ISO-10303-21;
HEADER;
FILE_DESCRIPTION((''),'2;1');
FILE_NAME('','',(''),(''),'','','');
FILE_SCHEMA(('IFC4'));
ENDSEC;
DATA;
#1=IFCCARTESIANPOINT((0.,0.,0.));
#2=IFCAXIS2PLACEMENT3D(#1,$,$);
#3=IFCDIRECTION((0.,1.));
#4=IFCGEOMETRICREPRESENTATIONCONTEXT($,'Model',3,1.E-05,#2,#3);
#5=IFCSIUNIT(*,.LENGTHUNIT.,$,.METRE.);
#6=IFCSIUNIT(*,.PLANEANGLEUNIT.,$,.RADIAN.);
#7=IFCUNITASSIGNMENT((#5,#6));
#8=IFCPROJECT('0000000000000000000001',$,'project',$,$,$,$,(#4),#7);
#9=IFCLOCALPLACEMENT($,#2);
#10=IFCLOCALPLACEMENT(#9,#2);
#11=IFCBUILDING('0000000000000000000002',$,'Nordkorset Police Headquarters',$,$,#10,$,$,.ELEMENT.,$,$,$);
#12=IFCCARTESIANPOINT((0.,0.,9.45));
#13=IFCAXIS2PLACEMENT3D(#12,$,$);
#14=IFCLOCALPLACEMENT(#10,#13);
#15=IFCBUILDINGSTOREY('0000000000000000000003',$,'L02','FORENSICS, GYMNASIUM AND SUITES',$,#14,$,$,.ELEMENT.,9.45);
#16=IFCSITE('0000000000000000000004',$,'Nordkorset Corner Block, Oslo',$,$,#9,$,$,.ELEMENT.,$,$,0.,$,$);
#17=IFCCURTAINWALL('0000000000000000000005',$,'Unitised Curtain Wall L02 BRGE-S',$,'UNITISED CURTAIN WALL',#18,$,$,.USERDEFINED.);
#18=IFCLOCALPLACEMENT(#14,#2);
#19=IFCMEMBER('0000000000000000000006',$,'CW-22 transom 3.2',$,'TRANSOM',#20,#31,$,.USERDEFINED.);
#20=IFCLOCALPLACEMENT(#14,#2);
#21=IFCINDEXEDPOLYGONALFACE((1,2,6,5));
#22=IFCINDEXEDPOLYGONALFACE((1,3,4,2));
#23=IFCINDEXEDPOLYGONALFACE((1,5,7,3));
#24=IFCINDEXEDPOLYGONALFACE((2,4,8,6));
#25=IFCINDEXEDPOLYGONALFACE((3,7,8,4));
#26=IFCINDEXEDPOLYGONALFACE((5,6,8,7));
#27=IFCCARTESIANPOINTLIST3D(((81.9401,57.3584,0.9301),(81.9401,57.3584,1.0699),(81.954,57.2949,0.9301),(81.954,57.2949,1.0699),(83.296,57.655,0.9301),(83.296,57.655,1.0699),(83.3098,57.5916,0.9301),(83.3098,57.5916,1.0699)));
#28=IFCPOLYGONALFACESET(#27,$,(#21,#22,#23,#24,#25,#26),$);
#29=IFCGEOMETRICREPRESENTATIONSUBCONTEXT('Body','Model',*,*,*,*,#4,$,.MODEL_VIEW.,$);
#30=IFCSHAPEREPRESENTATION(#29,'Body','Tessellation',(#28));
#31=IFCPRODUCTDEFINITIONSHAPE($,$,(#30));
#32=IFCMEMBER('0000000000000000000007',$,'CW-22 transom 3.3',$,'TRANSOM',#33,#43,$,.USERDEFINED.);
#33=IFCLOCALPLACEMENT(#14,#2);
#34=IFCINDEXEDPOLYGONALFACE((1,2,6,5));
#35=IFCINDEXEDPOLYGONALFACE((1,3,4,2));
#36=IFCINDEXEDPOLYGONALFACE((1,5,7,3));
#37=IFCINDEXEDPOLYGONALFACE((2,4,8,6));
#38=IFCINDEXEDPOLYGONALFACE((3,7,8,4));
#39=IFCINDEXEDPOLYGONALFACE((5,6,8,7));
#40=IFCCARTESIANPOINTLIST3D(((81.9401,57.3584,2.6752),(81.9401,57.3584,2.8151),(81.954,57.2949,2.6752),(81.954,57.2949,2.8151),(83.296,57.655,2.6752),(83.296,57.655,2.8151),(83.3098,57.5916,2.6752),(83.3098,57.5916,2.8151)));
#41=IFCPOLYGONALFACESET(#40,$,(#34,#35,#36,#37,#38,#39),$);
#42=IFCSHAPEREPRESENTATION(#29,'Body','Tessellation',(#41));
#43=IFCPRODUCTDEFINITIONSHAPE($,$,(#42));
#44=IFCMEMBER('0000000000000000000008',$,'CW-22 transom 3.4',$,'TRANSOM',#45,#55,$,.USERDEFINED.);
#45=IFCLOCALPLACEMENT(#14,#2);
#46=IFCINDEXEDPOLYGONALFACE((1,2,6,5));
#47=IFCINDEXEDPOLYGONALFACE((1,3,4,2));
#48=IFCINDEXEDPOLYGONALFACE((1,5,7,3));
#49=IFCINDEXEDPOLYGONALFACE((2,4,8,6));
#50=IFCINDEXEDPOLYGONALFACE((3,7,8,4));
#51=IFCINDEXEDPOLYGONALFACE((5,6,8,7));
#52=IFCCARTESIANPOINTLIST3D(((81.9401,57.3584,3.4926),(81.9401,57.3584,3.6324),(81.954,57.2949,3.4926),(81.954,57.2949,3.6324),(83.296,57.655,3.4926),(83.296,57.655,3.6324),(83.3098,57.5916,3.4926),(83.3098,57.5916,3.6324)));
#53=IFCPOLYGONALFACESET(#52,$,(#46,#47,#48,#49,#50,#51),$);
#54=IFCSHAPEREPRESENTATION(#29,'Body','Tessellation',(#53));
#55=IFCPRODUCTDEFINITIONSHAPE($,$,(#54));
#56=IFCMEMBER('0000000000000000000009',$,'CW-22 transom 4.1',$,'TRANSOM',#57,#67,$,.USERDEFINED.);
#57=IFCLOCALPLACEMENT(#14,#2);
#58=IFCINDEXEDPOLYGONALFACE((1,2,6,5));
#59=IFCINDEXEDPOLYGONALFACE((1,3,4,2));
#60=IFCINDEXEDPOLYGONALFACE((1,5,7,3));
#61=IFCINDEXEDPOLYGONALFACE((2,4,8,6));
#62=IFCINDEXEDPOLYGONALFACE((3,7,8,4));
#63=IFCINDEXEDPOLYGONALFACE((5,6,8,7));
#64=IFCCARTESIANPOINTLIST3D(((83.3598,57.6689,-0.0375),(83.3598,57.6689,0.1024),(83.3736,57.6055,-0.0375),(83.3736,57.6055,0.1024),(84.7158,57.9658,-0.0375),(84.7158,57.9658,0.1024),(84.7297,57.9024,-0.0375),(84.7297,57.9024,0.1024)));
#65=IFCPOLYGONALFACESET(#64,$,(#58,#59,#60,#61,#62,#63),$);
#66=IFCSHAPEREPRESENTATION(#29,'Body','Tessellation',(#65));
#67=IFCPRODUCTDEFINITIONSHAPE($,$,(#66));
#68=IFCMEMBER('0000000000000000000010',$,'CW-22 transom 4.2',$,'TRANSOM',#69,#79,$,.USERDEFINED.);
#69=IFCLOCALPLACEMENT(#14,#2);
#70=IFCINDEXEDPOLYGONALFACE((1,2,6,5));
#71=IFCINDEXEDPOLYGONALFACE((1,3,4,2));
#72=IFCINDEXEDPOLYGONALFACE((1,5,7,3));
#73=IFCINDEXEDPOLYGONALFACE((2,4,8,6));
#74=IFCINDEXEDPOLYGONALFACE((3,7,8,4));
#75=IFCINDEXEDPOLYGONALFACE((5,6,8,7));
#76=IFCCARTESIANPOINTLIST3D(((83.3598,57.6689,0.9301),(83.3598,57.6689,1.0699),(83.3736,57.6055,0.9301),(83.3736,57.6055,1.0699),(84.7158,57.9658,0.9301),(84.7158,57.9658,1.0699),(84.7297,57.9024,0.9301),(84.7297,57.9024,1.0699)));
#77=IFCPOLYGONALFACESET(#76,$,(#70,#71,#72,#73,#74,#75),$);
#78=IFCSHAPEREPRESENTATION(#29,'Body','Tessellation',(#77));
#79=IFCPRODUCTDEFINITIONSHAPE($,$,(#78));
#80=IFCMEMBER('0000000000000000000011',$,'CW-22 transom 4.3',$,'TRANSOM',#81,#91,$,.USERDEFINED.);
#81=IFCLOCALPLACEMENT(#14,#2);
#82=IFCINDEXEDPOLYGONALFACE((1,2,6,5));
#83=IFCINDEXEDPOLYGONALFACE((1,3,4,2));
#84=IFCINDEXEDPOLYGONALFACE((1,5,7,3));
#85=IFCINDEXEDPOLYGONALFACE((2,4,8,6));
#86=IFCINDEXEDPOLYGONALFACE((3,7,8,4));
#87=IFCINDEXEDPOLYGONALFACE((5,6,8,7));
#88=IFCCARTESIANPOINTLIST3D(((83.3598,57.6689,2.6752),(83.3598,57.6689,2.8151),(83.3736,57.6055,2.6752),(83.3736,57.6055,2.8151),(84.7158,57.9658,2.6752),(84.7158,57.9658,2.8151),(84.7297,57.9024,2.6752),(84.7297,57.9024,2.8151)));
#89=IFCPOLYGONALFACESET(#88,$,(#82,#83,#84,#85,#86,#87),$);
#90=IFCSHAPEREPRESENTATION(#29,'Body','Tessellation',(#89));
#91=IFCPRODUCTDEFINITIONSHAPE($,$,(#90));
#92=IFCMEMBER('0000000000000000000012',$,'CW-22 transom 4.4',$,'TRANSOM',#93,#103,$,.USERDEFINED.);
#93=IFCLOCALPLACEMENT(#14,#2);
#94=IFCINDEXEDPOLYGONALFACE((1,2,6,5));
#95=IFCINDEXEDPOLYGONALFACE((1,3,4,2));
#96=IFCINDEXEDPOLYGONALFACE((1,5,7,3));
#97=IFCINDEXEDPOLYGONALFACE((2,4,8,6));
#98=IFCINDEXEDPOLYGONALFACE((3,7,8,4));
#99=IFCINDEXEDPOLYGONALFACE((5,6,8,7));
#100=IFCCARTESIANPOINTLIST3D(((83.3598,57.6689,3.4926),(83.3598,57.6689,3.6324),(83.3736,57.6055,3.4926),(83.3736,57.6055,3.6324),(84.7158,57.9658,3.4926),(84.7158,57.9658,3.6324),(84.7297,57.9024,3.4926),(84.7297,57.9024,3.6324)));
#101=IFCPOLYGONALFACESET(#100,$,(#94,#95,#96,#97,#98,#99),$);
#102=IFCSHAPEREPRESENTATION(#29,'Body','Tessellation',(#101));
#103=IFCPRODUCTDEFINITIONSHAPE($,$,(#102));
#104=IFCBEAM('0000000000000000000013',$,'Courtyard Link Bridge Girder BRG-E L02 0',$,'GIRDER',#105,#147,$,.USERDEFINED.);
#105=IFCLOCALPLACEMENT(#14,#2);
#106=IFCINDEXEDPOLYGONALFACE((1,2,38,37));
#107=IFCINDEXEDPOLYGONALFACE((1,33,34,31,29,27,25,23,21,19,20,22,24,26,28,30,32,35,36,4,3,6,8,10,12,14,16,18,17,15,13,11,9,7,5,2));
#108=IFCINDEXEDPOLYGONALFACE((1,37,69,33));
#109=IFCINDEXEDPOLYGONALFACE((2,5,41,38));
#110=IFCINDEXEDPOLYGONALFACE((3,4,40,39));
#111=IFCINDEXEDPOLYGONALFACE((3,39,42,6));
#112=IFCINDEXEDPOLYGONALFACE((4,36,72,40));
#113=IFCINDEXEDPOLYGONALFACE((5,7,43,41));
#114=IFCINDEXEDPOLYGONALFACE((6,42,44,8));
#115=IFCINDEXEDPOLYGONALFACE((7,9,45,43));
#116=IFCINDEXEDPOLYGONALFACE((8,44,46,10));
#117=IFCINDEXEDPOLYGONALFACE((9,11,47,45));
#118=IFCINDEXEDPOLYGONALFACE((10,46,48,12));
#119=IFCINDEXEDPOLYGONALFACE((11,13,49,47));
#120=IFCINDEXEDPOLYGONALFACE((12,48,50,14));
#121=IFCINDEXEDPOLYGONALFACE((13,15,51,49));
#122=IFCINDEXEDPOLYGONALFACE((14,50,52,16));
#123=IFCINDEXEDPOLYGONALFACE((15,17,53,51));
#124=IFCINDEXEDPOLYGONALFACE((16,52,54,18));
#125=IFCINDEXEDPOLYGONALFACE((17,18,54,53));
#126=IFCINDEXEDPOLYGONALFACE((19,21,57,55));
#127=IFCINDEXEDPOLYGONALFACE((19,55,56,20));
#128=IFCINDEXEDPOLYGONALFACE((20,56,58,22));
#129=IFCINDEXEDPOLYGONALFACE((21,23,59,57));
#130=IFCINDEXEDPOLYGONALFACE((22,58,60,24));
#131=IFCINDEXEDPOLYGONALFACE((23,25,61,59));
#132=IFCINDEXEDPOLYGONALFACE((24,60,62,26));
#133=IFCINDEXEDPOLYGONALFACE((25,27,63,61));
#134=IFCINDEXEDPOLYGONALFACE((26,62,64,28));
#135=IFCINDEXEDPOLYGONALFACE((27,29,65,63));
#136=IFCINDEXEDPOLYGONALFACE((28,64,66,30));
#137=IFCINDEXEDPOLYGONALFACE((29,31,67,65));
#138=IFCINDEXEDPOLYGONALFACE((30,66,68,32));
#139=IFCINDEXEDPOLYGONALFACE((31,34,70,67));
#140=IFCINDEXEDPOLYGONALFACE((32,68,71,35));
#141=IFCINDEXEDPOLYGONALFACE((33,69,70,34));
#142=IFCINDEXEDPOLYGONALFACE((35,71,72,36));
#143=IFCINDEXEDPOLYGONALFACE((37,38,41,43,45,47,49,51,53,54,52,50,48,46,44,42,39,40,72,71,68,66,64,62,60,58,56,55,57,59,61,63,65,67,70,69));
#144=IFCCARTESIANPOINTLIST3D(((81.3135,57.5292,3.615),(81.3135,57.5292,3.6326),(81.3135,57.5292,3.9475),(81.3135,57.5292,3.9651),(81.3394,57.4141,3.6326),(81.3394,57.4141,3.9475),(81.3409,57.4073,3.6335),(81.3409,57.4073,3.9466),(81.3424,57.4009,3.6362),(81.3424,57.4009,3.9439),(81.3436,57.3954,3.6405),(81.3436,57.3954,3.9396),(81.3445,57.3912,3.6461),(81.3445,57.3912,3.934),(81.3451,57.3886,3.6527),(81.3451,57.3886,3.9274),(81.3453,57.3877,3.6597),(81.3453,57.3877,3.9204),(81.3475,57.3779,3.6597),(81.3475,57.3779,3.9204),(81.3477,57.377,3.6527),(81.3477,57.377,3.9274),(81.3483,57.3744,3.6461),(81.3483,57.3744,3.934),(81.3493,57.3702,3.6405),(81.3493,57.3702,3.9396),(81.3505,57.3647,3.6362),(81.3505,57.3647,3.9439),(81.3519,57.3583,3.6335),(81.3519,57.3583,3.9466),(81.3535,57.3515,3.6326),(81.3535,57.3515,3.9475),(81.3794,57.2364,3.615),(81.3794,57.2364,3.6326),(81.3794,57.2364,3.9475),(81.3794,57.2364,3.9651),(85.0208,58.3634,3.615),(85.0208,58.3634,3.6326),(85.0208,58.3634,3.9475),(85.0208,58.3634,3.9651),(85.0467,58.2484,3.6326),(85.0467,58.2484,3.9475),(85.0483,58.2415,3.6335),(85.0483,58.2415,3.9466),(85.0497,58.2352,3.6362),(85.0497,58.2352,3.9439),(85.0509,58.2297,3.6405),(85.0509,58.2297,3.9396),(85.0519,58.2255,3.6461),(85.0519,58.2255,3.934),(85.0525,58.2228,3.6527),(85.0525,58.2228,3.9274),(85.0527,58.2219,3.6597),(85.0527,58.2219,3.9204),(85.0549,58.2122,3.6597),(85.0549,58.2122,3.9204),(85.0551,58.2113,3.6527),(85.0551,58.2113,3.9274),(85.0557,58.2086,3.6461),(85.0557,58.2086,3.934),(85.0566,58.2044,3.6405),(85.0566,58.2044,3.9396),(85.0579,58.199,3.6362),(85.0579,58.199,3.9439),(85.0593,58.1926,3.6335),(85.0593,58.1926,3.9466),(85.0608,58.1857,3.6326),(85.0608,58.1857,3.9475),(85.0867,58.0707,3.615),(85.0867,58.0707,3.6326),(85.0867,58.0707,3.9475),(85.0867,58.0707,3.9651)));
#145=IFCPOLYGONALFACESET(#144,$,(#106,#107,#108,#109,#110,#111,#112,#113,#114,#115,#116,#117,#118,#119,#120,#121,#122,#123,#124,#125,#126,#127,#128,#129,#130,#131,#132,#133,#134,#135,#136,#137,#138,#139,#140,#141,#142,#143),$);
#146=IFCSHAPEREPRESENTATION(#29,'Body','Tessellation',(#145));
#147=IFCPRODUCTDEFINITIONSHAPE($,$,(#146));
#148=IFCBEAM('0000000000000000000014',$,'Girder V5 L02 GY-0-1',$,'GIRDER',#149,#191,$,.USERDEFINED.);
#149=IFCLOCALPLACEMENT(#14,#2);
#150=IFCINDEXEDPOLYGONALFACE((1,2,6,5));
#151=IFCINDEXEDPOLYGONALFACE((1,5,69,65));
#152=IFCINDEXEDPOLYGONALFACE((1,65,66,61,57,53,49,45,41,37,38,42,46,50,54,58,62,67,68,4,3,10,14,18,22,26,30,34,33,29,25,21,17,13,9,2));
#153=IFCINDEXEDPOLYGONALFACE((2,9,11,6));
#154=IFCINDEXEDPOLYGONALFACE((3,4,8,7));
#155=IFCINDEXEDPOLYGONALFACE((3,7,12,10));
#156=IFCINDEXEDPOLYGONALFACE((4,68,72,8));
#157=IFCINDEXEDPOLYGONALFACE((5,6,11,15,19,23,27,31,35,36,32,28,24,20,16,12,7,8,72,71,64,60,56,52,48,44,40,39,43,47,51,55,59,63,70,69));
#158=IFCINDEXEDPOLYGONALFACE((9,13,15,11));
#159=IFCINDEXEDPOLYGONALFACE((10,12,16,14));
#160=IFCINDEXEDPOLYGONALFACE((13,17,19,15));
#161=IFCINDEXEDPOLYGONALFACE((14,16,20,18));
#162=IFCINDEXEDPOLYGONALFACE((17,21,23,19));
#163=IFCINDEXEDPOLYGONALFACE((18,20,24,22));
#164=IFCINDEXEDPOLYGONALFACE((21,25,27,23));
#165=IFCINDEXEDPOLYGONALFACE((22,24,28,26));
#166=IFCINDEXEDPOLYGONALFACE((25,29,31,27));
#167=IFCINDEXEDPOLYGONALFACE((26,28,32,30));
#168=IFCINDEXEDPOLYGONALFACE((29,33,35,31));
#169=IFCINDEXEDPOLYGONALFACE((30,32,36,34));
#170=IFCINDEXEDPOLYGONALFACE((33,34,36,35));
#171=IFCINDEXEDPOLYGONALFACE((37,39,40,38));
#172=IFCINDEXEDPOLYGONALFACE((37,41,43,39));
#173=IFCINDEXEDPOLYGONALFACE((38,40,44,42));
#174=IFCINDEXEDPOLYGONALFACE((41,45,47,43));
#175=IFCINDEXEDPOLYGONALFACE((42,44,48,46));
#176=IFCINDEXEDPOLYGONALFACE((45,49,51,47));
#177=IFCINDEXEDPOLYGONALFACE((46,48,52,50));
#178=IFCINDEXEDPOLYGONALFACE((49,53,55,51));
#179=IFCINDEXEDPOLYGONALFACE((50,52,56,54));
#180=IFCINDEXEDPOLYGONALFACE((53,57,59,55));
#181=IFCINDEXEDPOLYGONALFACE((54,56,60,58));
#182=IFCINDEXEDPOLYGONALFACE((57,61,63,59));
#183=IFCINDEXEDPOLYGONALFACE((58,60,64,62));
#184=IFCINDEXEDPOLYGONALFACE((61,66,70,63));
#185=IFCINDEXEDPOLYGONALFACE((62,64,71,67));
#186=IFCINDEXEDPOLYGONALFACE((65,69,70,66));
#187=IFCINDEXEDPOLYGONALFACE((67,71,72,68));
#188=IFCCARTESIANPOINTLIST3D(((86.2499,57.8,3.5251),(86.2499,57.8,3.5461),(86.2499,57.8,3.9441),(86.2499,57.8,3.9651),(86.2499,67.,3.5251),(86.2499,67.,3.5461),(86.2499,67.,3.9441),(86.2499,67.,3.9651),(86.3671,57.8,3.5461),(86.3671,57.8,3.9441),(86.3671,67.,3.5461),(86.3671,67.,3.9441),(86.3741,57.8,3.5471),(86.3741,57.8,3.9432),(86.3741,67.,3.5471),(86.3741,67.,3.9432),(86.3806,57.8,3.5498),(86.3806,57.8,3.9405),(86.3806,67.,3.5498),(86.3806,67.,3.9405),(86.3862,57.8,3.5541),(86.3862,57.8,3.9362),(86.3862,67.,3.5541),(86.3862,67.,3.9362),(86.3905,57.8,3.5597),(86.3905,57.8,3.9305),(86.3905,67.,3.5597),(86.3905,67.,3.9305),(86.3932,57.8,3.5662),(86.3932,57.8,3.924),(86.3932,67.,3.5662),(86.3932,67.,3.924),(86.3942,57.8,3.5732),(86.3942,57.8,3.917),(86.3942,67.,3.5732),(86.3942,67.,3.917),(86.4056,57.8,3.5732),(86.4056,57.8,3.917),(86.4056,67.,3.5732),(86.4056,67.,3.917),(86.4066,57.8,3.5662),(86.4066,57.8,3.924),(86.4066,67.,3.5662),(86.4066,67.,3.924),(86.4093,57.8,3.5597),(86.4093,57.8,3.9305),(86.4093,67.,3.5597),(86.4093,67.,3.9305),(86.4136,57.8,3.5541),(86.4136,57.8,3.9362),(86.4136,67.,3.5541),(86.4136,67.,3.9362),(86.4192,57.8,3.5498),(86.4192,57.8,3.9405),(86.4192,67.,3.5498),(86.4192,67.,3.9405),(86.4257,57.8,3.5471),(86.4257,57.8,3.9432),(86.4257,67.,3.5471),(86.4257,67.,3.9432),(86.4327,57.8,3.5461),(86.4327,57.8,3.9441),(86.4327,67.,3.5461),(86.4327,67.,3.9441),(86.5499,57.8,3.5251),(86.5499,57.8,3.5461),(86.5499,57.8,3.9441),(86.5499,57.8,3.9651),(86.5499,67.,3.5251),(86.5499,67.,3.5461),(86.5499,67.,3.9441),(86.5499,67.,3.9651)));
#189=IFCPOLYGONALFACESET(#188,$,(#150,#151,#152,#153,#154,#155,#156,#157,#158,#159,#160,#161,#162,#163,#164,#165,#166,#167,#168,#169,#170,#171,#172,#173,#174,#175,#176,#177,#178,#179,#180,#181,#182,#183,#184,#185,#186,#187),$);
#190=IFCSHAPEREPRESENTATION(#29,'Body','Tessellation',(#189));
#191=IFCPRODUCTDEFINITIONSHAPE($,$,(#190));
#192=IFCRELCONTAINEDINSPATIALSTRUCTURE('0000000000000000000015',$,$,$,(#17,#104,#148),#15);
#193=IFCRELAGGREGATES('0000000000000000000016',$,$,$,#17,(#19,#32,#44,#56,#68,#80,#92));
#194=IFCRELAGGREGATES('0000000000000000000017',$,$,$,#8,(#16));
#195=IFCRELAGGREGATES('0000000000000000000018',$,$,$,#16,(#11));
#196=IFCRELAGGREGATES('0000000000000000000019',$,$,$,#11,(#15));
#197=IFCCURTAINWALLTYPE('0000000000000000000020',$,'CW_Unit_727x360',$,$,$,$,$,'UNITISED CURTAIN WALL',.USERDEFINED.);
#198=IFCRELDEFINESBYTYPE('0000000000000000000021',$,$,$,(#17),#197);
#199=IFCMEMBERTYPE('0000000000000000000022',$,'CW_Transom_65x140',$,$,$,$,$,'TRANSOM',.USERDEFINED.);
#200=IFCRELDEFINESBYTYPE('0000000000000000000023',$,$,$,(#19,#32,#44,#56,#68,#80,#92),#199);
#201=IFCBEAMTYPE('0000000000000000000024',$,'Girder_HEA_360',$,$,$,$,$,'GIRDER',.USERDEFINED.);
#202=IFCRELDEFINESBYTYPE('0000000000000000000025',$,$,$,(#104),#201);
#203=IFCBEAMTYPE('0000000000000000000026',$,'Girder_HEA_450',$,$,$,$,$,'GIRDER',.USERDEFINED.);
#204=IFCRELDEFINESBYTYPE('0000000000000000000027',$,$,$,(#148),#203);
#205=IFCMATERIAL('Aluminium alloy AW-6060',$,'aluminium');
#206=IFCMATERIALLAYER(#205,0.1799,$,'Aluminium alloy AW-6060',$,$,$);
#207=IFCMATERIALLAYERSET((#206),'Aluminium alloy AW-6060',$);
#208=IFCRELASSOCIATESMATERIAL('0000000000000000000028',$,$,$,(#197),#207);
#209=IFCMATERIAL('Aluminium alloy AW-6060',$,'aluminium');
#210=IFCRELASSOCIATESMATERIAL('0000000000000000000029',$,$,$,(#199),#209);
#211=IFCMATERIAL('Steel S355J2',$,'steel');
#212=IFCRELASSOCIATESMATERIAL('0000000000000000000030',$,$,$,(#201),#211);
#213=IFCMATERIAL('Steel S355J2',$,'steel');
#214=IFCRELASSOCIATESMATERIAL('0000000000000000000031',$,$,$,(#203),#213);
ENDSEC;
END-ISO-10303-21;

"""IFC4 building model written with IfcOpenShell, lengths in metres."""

from ifc_helpers import new_model, si_unit, direction, frame, origin, origin_2d, place, context, subcontext, project, spatial, rectangle, i_section, extrude, material, layer, layer_set, material_profile, profile_set, type_object, element, aggregate, save


model = new_model("IFC4")

# Units and contexts
model_context = context("Model", 3, precision=1e-05, world=origin(), true_north=direction((0.0, 1.0)))
body_context = subcontext(model_context, "Body", "Model", "MODEL_VIEW")
ifc_project = project(units=[si_unit("LENGTHUNIT", "METRE"), si_unit("PLANEANGLEUNIT", "RADIAN")], contexts=[model_context])

# Site, building, storey
site_placement = place(None, origin())
site = spatial("IfcSite", under=ifc_project, at=site_placement, Name="Nordkorset Corner Block, Oslo", CompositionType="ELEMENT", RefElevation=0.0)
building_placement = place(site_placement, origin())
building = spatial("IfcBuilding", under=site, at=building_placement, Name="Nordkorset Police Headquarters", CompositionType="ELEMENT")
storey_placement = place(building_placement, frame((0.0, 0.0, 9.45)))
storey = spatial("IfcBuildingStorey", under=building, at=storey_placement, Name="L02", Description="FORENSICS, GYMNASIUM AND SUITES", CompositionType="ELEMENT", Elevation=9.45)

# Curtain wall, members
ifc_material_1 = material(Name="Aluminium alloy AW-6060", Category="aluminium")
ifc_layer_1 = layer(ifc_material_1, 0.1799, Name="Aluminium alloy AW-6060")
ifc_layer_set_1 = layer_set([ifc_layer_1], Name="Aluminium alloy AW-6060")
curtain_wall_type = type_object("IfcCurtainWallType", Name="CW_Unit_727x360", ElementType="UNITISED CURTAIN WALL", PredefinedType="USERDEFINED", material=ifc_layer_set_1)
curtain_wall_placement = place(storey_placement, origin())
curtain_wall = element("IfcCurtainWall", 1, at=curtain_wall_placement, inside=storey, type_object=curtain_wall_type, Name="Unitised Curtain Wall L02 BRGE-S", ObjectType="UNITISED CURTAIN WALL", PredefinedType="USERDEFINED")
ifc_material_2 = material(Name="Aluminium alloy AW-6060", Category="aluminium")
ifc_material_profile_1 = material_profile(ifc_material_2, rectangle(XDim=0.0649, YDim=0.1399, at=origin_2d()), Name="ALU TRAN 65x140")
ifc_profile_set_1 = profile_set([ifc_material_profile_1], Name="Aluminium alloy AW-6060")
member_type_1 = type_object("IfcMemberType", Name="CW_Transom_65x140", ElementType="TRANSOM", PredefinedType="USERDEFINED", material=ifc_profile_set_1)
member_1_placement = place(storey_placement, frame((81.947, 57.3267, 1.0), z_axis=(0.976898, 0.213707, 0.0), x_axis=(-0.213707, 0.976898, 0.0)))
member_1 = element("IfcMember", 2, at=member_1_placement, type_object=member_type_1, Name="CW-22 transom 3.2", ObjectType="TRANSOM", PredefinedType="USERDEFINED", context=body_context, shape_type="SweptSolid", body=[
    extrude(rectangle(XDim=0.0649, YDim=0.1399, at=origin_2d()), origin(), (0.0, 0.0, 1.0), 1.3879),
])
member_2_placement = place(storey_placement, frame((81.947, 57.3267, 2.7451), z_axis=(0.976898, 0.213707, 0.0), x_axis=(-0.213707, 0.976898, 0.0)))
member_2 = element("IfcMember", 3, at=member_2_placement, type_object=member_type_1, Name="CW-22 transom 3.3", ObjectType="TRANSOM", PredefinedType="USERDEFINED", context=body_context, shape_type="SweptSolid", body=[
    extrude(rectangle(XDim=0.0649, YDim=0.1399, at=origin_2d()), origin(), (0.0, 0.0, 1.0), 1.3879),
])
member_3_placement = place(storey_placement, frame((81.947, 57.3267, 3.5625), z_axis=(0.976898, 0.213707, 0.0), x_axis=(-0.213707, 0.976898, 0.0)))
member_3 = element("IfcMember", 4, at=member_3_placement, type_object=member_type_1, Name="CW-22 transom 3.4", ObjectType="TRANSOM", PredefinedType="USERDEFINED", context=body_context, shape_type="SweptSolid", body=[
    extrude(rectangle(XDim=0.0649, YDim=0.1399, at=origin_2d()), origin(), (0.0, 0.0, 1.0), 1.3879),
])
member_4_placement = place(storey_placement, frame((83.3667, 57.6372, 0.0325), z_axis=(0.976861, 0.213875, 0.0), x_axis=(-0.213875, 0.976861, 0.0)))
member_4 = element("IfcMember", 5, at=member_4_placement, type_object=member_type_1, Name="CW-22 transom 4.1", ObjectType="TRANSOM", PredefinedType="USERDEFINED", context=body_context, shape_type="SweptSolid", body=[
    extrude(rectangle(XDim=0.0649, YDim=0.1399, at=origin_2d()), origin(), (0.0, 0.0, 1.0), 1.3882),
])
member_5_placement = place(storey_placement, frame((83.3667, 57.6372, 1.0), z_axis=(0.976861, 0.213875, 0.0), x_axis=(-0.213875, 0.976861, 0.0)))
member_5 = element("IfcMember", 6, at=member_5_placement, type_object=member_type_1, Name="CW-22 transom 4.2", ObjectType="TRANSOM", PredefinedType="USERDEFINED", context=body_context, shape_type="SweptSolid", body=[
    extrude(rectangle(XDim=0.0649, YDim=0.1399, at=origin_2d()), origin(), (0.0, 0.0, 1.0), 1.3882),
])
member_6_placement = place(storey_placement, frame((83.3667, 57.6372, 2.7451), z_axis=(0.976861, 0.213875, 0.0), x_axis=(-0.213875, 0.976861, 0.0)))
member_6 = element("IfcMember", 7, at=member_6_placement, type_object=member_type_1, Name="CW-22 transom 4.3", ObjectType="TRANSOM", PredefinedType="USERDEFINED", context=body_context, shape_type="SweptSolid", body=[
    extrude(rectangle(XDim=0.0649, YDim=0.1399, at=origin_2d()), origin(), (0.0, 0.0, 1.0), 1.3882),
])
member_7_placement = place(storey_placement, frame((83.3667, 57.6372, 3.5625), z_axis=(0.976861, 0.213875, 0.0), x_axis=(-0.213875, 0.976861, 0.0)))
member_7 = element("IfcMember", 8, at=member_7_placement, type_object=member_type_1, Name="CW-22 transom 4.4", ObjectType="TRANSOM", PredefinedType="USERDEFINED", context=body_context, shape_type="SweptSolid", body=[
    extrude(rectangle(XDim=0.0649, YDim=0.1399, at=origin_2d()), origin(), (0.0, 0.0, 1.0), 1.3882),
])

# Beams
ifc_material_3 = material(Name="Steel S355J2", Category="steel")
ifc_material_profile_2 = material_profile(ifc_material_3, i_section(OverallWidth=0.3, OverallDepth=0.3501, WebThickness=0.01, FlangeThickness=0.0176, FilletRadius=0.0271, at=origin_2d()), Name="HEA 360")
ifc_profile_set_2 = profile_set([ifc_material_profile_2], Name="Steel S355J2")
beam_type_1 = type_object("IfcBeamType", Name="Girder_HEA_360", ElementType="GIRDER", PredefinedType="USERDEFINED", material=ifc_profile_set_2)
beam_1_placement = place(storey_placement, frame((81.3464, 57.3828, 3.79), z_axis=(0.975605, 0.219535, 0.0), x_axis=(-0.219535, 0.975605, 0.0)))
element("IfcBeam", 9, at=beam_1_placement, inside=storey, type_object=beam_type_1, Name="Courtyard Link Bridge Girder BRG-E L02 0", ObjectType="GIRDER", PredefinedType="USERDEFINED", context=body_context, shape_type="SweptSolid", body=[
    extrude(i_section(OverallWidth=0.3, OverallDepth=0.3501, WebThickness=0.01, FlangeThickness=0.0176, FilletRadius=0.0271, at=origin_2d()), origin(), (0.0, 0.0, 1.0), 3.8),
])
ifc_material_4 = material(Name="Steel S355J2", Category="steel")
ifc_material_profile_3 = material_profile(ifc_material_4, i_section(OverallWidth=0.3, OverallDepth=0.4399, WebThickness=0.0115, FlangeThickness=0.021, FilletRadius=0.0271, at=origin_2d()), Name="HEA 450")
ifc_profile_set_3 = profile_set([ifc_material_profile_3], Name="Steel S355J2")
beam_type_2 = type_object("IfcBeamType", Name="Girder_HEA_450", ElementType="GIRDER", PredefinedType="USERDEFINED", material=ifc_profile_set_3)
beam_2_placement = place(storey_placement, frame((86.3999, 57.8, 3.7451), z_axis=(0.0, 1.0, 0.0), x_axis=(-1.0, 0.0, 0.0)))
element("IfcBeam", 10, at=beam_2_placement, inside=storey, type_object=beam_type_2, Name="Girder V5 L02 GY-0-1", ObjectType="GIRDER", PredefinedType="USERDEFINED", context=body_context, shape_type="SweptSolid", body=[
    extrude(i_section(OverallWidth=0.3, OverallDepth=0.4399, WebThickness=0.0115, FlangeThickness=0.021, FilletRadius=0.0271, at=origin_2d()), origin(), (0.0, 0.0, 1.0), 9.2),
])

aggregate(curtain_wall, [member_1, member_2, member_3, member_4, member_5, member_6, member_7])

save(model, "model.ifc")
